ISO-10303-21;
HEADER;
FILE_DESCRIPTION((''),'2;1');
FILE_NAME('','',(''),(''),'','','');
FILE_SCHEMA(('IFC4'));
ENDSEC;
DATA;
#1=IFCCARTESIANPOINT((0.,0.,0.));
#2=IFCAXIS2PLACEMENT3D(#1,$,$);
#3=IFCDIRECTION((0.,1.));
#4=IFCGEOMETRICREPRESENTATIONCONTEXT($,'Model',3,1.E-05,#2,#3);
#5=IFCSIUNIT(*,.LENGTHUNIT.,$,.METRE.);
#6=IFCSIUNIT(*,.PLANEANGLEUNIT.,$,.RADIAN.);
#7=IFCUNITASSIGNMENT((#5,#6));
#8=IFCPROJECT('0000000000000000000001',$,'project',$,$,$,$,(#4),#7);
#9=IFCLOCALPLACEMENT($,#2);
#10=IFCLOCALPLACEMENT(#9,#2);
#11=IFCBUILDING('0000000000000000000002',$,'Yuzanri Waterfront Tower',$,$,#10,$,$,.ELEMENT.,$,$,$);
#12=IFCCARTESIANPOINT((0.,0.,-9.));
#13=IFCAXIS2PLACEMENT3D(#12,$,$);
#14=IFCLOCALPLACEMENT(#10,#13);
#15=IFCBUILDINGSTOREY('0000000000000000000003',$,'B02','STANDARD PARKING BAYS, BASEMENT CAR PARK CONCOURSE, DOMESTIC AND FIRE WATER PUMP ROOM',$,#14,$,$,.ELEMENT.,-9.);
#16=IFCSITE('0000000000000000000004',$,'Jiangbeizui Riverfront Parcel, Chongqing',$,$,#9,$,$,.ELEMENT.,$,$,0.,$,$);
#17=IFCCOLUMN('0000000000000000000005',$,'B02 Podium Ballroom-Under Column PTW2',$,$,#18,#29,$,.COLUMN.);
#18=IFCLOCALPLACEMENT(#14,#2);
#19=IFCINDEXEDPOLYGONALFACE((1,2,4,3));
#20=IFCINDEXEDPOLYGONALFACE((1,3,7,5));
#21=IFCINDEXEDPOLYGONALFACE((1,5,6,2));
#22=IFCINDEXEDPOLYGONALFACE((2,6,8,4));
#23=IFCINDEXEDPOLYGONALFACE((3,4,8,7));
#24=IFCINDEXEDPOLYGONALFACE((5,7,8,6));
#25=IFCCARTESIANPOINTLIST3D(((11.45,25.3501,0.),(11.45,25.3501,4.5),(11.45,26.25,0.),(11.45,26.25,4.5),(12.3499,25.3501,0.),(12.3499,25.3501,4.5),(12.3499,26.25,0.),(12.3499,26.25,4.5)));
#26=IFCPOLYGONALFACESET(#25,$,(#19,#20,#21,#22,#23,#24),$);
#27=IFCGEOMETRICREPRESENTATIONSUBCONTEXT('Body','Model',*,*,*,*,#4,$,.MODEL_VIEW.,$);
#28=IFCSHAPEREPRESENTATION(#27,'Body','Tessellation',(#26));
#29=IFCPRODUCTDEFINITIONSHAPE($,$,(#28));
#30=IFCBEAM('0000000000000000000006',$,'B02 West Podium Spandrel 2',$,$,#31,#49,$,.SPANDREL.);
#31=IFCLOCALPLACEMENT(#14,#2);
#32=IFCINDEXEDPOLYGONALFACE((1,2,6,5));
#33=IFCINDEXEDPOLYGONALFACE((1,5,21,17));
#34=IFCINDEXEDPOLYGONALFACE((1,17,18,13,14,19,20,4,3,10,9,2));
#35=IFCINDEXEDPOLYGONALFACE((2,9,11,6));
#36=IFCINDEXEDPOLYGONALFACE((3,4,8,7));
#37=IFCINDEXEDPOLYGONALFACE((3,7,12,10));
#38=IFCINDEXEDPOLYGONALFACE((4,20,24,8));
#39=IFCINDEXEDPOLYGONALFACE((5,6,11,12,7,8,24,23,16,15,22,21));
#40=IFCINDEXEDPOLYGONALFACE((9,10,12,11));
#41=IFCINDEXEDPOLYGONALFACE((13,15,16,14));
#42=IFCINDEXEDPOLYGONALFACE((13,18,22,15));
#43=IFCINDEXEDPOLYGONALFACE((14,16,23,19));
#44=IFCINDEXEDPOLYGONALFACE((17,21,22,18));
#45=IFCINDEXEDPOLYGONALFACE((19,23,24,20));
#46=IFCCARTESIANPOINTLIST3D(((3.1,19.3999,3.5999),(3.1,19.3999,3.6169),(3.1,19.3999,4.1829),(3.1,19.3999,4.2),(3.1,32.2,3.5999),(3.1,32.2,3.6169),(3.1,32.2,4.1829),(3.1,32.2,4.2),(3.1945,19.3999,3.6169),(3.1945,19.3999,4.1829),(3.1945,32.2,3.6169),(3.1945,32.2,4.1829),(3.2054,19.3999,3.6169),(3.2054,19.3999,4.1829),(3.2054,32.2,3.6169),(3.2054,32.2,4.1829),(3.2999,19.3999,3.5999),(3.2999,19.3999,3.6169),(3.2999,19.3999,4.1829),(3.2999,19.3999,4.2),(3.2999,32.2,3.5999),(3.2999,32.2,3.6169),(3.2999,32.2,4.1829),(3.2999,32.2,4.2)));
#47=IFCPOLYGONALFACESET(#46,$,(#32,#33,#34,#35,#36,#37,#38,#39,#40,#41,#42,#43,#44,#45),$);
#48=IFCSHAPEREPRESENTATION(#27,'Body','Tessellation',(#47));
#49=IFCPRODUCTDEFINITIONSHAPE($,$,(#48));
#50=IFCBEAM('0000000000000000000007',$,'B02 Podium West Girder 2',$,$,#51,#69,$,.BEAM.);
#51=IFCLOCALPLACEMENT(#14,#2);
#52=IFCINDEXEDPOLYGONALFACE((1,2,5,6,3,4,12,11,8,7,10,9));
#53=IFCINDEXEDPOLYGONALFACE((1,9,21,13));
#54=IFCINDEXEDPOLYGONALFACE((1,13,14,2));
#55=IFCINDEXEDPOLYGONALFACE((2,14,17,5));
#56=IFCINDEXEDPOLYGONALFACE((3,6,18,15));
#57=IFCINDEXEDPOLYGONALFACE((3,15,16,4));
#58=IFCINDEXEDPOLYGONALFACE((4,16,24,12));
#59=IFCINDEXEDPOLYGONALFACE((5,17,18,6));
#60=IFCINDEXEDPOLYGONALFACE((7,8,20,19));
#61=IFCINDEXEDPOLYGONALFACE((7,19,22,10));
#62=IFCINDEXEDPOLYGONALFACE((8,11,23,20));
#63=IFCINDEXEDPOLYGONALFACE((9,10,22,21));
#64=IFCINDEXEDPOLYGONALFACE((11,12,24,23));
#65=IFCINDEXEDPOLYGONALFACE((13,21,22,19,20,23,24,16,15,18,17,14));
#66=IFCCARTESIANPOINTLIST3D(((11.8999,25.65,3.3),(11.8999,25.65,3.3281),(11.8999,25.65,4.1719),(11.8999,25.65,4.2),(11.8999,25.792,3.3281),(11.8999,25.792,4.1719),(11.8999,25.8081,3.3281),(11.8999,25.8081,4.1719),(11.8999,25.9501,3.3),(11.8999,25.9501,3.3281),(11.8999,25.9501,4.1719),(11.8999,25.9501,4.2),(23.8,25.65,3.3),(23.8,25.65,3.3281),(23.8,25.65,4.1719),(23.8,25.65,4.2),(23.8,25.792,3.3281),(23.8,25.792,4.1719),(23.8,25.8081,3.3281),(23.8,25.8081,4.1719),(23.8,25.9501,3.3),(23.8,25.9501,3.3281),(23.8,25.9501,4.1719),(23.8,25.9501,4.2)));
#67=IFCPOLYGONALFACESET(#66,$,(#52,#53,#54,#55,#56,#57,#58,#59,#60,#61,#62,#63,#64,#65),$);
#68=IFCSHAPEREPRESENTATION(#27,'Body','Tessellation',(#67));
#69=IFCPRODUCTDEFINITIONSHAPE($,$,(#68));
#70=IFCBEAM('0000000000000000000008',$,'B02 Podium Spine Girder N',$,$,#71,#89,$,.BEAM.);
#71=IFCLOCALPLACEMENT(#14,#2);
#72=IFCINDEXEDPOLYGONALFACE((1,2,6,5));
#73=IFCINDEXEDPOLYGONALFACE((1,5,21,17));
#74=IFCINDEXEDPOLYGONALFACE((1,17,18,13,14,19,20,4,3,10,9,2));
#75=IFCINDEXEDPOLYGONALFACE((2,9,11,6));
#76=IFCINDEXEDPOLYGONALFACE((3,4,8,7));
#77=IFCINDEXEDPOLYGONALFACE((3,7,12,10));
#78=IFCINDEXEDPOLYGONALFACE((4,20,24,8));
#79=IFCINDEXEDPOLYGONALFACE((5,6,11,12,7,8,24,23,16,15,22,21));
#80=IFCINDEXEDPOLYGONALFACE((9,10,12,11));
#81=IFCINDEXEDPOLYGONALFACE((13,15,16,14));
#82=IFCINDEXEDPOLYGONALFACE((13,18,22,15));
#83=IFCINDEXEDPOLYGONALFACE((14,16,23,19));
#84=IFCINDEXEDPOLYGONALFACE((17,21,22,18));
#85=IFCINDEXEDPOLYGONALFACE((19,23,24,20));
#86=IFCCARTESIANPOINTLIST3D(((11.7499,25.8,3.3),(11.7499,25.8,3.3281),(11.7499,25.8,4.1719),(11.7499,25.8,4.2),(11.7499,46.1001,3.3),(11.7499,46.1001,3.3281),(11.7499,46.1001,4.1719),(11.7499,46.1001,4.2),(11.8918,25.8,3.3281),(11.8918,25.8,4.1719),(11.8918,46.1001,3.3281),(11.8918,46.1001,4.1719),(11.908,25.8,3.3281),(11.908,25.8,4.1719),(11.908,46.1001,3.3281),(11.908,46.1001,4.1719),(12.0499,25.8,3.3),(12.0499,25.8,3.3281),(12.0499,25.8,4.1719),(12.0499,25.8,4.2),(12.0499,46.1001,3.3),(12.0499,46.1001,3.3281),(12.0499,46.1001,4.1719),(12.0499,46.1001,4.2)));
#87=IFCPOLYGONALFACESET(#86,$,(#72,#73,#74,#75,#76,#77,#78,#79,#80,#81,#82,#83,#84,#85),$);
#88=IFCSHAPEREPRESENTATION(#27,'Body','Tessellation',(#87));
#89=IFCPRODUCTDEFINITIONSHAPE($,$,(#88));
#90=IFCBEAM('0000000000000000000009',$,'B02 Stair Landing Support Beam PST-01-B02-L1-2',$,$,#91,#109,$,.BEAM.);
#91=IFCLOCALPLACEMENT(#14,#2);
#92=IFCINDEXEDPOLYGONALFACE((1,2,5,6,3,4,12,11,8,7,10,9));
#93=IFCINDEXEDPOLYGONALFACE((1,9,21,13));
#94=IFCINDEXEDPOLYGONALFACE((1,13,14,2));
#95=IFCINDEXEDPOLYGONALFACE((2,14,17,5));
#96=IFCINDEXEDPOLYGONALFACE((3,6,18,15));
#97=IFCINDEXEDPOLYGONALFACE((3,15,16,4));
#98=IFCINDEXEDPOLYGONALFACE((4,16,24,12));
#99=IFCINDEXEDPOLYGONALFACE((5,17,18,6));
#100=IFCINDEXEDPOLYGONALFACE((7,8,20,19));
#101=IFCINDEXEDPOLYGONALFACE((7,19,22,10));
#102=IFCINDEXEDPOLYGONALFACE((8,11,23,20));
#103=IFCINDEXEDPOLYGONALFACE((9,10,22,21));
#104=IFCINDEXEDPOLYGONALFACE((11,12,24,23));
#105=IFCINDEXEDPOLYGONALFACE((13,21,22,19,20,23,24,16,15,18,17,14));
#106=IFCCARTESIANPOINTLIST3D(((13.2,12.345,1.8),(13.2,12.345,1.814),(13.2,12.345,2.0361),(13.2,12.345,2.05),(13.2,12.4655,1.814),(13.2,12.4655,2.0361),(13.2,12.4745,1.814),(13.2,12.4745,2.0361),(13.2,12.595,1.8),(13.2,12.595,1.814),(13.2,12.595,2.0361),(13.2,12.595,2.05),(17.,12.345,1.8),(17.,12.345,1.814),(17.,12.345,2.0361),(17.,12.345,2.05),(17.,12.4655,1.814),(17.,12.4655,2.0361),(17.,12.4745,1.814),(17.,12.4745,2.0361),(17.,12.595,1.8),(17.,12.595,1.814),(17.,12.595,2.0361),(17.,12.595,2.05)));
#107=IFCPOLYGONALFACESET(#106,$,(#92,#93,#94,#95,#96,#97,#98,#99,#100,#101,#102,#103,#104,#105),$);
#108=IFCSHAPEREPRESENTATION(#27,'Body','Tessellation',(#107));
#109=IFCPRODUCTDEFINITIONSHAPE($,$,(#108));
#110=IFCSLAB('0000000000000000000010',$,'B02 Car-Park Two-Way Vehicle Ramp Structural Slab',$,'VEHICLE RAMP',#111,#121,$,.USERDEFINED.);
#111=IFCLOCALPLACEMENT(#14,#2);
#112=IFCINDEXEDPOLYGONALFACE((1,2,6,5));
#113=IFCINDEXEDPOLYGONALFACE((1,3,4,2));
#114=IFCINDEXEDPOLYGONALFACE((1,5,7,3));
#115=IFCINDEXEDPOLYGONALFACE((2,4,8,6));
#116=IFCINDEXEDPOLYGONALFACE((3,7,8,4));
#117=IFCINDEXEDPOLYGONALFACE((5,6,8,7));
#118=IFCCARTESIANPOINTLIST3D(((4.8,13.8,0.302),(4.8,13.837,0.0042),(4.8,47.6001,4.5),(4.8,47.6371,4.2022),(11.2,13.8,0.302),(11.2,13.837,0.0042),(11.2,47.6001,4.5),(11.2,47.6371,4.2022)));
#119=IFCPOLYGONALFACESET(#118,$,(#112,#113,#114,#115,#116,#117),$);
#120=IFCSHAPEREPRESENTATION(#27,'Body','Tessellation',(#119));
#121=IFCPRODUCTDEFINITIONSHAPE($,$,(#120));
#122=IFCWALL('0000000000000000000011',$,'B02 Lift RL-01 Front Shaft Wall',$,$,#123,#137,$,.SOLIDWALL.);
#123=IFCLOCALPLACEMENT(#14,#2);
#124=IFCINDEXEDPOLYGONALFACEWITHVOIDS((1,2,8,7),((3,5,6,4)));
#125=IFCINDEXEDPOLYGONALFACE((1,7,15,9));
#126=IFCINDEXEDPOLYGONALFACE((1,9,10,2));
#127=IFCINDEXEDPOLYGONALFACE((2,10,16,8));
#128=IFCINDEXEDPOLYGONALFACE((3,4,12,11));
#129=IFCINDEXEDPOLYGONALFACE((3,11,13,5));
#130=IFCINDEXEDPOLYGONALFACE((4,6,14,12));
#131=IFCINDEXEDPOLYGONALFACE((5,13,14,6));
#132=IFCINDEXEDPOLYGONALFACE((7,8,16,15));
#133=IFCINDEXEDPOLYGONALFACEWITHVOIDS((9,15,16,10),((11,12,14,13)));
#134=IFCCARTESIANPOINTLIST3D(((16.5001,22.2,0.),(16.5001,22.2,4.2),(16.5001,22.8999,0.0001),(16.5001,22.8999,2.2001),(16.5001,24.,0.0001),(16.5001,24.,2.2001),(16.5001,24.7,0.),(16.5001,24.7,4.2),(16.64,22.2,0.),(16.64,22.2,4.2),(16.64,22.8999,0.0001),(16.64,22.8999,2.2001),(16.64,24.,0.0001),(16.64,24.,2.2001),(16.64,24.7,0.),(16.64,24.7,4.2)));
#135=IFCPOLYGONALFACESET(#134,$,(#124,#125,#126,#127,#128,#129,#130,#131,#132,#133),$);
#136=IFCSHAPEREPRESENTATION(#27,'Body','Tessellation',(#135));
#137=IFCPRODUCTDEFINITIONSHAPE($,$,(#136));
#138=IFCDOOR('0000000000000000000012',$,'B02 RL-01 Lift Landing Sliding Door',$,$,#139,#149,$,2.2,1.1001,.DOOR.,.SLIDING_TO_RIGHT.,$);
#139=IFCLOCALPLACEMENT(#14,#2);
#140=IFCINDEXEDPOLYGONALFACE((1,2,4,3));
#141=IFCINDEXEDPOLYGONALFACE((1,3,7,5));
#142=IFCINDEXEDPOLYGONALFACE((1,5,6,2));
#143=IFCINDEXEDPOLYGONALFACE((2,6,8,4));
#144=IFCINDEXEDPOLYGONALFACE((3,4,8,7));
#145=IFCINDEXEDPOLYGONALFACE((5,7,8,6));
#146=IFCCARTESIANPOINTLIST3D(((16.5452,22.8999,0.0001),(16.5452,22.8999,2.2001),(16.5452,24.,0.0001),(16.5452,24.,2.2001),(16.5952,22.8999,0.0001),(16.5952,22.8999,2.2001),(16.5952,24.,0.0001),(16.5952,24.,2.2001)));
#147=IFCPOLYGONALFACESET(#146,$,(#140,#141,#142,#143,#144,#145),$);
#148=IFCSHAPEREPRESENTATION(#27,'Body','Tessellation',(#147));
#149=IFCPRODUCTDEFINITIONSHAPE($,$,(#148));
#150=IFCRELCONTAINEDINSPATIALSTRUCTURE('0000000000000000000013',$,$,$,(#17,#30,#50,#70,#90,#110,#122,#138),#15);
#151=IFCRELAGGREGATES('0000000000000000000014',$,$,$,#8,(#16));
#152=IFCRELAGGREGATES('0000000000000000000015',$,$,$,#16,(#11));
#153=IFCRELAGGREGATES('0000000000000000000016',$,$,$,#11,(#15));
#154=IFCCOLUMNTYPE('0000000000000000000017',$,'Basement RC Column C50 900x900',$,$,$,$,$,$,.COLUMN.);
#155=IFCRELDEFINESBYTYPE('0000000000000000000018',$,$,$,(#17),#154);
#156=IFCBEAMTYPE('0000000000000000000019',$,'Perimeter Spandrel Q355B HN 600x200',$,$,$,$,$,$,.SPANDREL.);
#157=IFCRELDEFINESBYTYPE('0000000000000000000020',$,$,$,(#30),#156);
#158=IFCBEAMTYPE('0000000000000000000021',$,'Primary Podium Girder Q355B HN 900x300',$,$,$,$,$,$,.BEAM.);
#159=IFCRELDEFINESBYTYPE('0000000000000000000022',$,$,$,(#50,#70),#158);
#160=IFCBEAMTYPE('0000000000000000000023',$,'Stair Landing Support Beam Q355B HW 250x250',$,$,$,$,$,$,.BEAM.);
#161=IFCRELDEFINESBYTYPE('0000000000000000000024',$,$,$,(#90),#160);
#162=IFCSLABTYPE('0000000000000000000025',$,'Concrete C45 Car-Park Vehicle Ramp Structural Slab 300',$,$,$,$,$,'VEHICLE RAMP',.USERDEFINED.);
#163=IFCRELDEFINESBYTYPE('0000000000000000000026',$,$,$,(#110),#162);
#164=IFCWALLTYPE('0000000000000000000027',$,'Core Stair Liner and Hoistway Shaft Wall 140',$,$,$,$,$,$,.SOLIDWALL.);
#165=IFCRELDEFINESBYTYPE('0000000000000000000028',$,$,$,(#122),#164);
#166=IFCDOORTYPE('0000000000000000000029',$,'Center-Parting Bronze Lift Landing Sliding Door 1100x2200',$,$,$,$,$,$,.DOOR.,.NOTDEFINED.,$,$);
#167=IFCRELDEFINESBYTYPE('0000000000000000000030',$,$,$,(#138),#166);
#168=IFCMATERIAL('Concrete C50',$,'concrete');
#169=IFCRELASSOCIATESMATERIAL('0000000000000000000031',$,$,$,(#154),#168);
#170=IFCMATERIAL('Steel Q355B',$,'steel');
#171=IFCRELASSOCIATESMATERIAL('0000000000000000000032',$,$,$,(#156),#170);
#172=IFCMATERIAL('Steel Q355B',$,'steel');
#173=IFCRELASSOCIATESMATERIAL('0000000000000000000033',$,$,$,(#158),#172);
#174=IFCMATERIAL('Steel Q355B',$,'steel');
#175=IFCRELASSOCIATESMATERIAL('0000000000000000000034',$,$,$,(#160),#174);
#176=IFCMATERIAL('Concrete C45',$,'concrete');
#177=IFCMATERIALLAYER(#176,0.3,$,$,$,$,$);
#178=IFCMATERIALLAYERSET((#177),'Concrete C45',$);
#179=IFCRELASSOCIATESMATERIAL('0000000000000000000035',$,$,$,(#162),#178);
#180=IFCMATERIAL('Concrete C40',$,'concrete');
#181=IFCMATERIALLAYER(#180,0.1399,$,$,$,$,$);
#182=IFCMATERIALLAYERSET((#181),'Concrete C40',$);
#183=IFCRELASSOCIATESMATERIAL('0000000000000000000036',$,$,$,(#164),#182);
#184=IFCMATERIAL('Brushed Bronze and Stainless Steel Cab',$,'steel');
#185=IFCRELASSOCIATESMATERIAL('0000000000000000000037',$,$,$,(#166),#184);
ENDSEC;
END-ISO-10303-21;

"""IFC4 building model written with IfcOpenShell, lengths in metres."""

from ifc_helpers import new_model, si_unit, direction, frame, frame_2d, origin, origin_2d, place, context, subcontext, project, spatial, polyline, rectangle, i_section, outline, extrude, source, transform, mapped, material, layer, layer_set, material_profile, profile_set, type_object, element, fill, save


model = new_model("IFC4")

# Units and contexts
model_context = context("Model", 3, precision=1e-05, world=origin(), true_north=direction((0.0, 1.0)))
body_context = subcontext(model_context, "Body", "Model", "MODEL_VIEW")
ifc_project = project(units=[si_unit("LENGTHUNIT", "METRE"), si_unit("PLANEANGLEUNIT", "RADIAN")], contexts=[model_context])

# Site, building, storey
site_placement = place(None, origin())
site = spatial("IfcSite", under=ifc_project, at=site_placement, Name="Jiangbeizui Riverfront Parcel, Chongqing", CompositionType="ELEMENT", RefElevation=0.0)
building_placement = place(site_placement, origin())
building = spatial("IfcBuilding", under=site, at=building_placement, Name="Yuzanri Waterfront Tower", CompositionType="ELEMENT")
storey_placement = place(building_placement, frame((0.0, 0.0, -9.0)))
storey = spatial("IfcBuildingStorey", under=building, at=storey_placement, Name="B02", Description="STANDARD PARKING BAYS, BASEMENT CAR PARK CONCOURSE, DOMESTIC AND FIRE WATER PUMP ROOM", CompositionType="ELEMENT", Elevation=-9.0)

# Column
ifc_material_1 = material(Name="Concrete C50", Category="concrete")
ifc_material_profile_1 = material_profile(ifc_material_1, rectangle(XDim=0.8999, YDim=0.8999, at=origin_2d()), Name="RC 900x900")
ifc_profile_set_1 = profile_set([ifc_material_profile_1], Name="Concrete C50")
column_type_1 = type_object("IfcColumnType", Name="Basement RC Column C50 900x900", PredefinedType="COLUMN", material=ifc_profile_set_1)
shared_shape_1 = source(origin(), body_context, "Body", "SweptSolid", [
    extrude(rectangle(XDim=0.8999, YDim=0.8999, at=origin_2d()), origin(), (0.0, 0.0, 1.0), 4.5),
])
column_1_placement = place(storey_placement, frame((11.8999, 25.8, 0.0), z_axis=(0.0, 0.0, 1.0), x_axis=(1.0, 0.0, 0.0)))
element("IfcColumn", 1, at=column_1_placement, inside=storey, type_object=column_type_1, Name="B02 Podium Ballroom-Under Column PTW2", PredefinedType="COLUMN", context=body_context, shape_type="MappedRepresentation", body=[
    mapped(shared_shape_1, transform((0.0, 0.0, 0.0), scale=1.0)),
])

# Beams
ifc_material_2 = material(Name="Steel Q355B", Category="steel")
ifc_material_profile_2 = material_profile(ifc_material_2, i_section(OverallWidth=0.2, OverallDepth=0.6001, WebThickness=0.011, FlangeThickness=0.0171, at=origin_2d()), Name="HN 600x200x11x17")
ifc_profile_set_2 = profile_set([ifc_material_profile_2], Name="Steel Q355B")
beam_type_1 = type_object("IfcBeamType", Name="Perimeter Spandrel Q355B HN 600x200", PredefinedType="SPANDREL", material=ifc_profile_set_2)
shared_shape_2 = source(origin(), body_context, "Body", "SweptSolid", [
    extrude(i_section(OverallWidth=0.2, OverallDepth=0.6001, WebThickness=0.011, FlangeThickness=0.0171, at=origin_2d()), origin(), (0.0, 0.0, 1.0), 12.8),
])
beam_1_placement = place(storey_placement, frame((3.2, 19.3999, 3.8999), z_axis=(0.0, 1.0, 0.0), x_axis=(-1.0, 0.0, 0.0)))
element("IfcBeam", 2, at=beam_1_placement, inside=storey, type_object=beam_type_1, Name="B02 West Podium Spandrel 2", PredefinedType="SPANDREL", context=body_context, shape_type="MappedRepresentation", body=[
    mapped(shared_shape_2, transform((0.0, 0.0, 0.0), scale=1.0)),
])
ifc_material_3 = material(Name="Steel Q355B", Category="steel")
ifc_material_profile_3 = material_profile(ifc_material_3, i_section(OverallWidth=0.3, OverallDepth=0.8999, WebThickness=0.0161, FlangeThickness=0.0281, at=origin_2d()), Name="HN 900x300x16x28")
ifc_profile_set_3 = profile_set([ifc_material_profile_3], Name="Steel Q355B")
beam_type_2 = type_object("IfcBeamType", Name="Primary Podium Girder Q355B HN 900x300", PredefinedType="BEAM", material=ifc_profile_set_3)
shared_shape_3 = source(origin(), body_context, "Body", "SweptSolid", [
    extrude(i_section(OverallWidth=0.3, OverallDepth=0.8999, WebThickness=0.0161, FlangeThickness=0.0281, at=origin_2d()), origin(), (0.0, 0.0, 1.0), 11.9001),
])
beam_2_placement = place(storey_placement, frame((11.8999, 25.8, 3.75), z_axis=(1.0, 0.0, 0.0), x_axis=(0.0, 1.0, 0.0)))
element("IfcBeam", 3, at=beam_2_placement, inside=storey, type_object=beam_type_2, Name="B02 Podium West Girder 2", PredefinedType="BEAM", context=body_context, shape_type="MappedRepresentation", body=[
    mapped(shared_shape_3, transform((0.0, 0.0, 0.0), scale=1.0)),
])
shared_shape_4 = source(origin(), body_context, "Body", "SweptSolid", [
    extrude(i_section(OverallWidth=0.3, OverallDepth=0.8999, WebThickness=0.0161, FlangeThickness=0.0281, at=origin_2d()), origin(), (0.0, 0.0, 1.0), 20.3),
])
beam_3_placement = place(storey_placement, frame((11.8999, 25.8, 3.75), z_axis=(0.0, 1.0, 0.0), x_axis=(-1.0, 0.0, 0.0)))
element("IfcBeam", 4, at=beam_3_placement, inside=storey, type_object=beam_type_2, Name="B02 Podium Spine Girder N", PredefinedType="BEAM", context=body_context, shape_type="MappedRepresentation", body=[
    mapped(shared_shape_4, transform((0.0, 0.0, 0.0), scale=1.0)),
])
ifc_material_4 = material(Name="Steel Q355B", Category="steel")
ifc_material_profile_4 = material_profile(ifc_material_4, i_section(OverallWidth=0.25, OverallDepth=0.25, WebThickness=0.009, FlangeThickness=0.0139, at=origin_2d()), Name="HW 250x250x9x14")
ifc_profile_set_4 = profile_set([ifc_material_profile_4], Name="Steel Q355B")
beam_type_3 = type_object("IfcBeamType", Name="Stair Landing Support Beam Q355B HW 250x250", PredefinedType="BEAM", material=ifc_profile_set_4)
shared_shape_5 = source(origin(), body_context, "Body", "SweptSolid", [
    extrude(i_section(OverallWidth=0.25, OverallDepth=0.25, WebThickness=0.009, FlangeThickness=0.0139, at=origin_2d()), origin(), (0.0, 0.0, 1.0), 3.8),
])
beam_4_placement = place(storey_placement, frame((13.2, 12.47, 1.925), z_axis=(1.0, 0.0, 0.0), x_axis=(0.0, 1.0, 0.0)))
element("IfcBeam", 5, at=beam_4_placement, inside=storey, type_object=beam_type_3, Name="B02 Stair Landing Support Beam PST-01-B02-L1-2", PredefinedType="BEAM", context=body_context, shape_type="MappedRepresentation", body=[
    mapped(shared_shape_5, transform((0.0, 0.0, 0.0), scale=1.0)),
])

# Slab
ifc_material_5 = material(Name="Concrete C45", Category="concrete")
ifc_layer_1 = layer(ifc_material_5, 0.3)
ifc_layer_set_1 = layer_set([ifc_layer_1], Name="Concrete C45")
slab_type = type_object("IfcSlabType", Name="Concrete C45 Car-Park Vehicle Ramp Structural Slab 300", ElementType="VEHICLE RAMP", PredefinedType="USERDEFINED", material=ifc_layer_set_1)
slab_placement = place(storey_placement, frame((4.8, 13.8, 0.302), z_axis=(0.0, -0.123254, 0.992375), x_axis=(1.0, 0.0, 0.0)))
element("IfcSlab", 6, at=slab_placement, inside=storey, type_object=slab_type, Name="B02 Car-Park Two-Way Vehicle Ramp Structural Slab", ObjectType="VEHICLE RAMP", PredefinedType="USERDEFINED", context=body_context, shape_type="SweptSolid", body=[
    extrude(outline(polyline([(0.0, 0.0), (6.3999, 0.0), (6.3999, 34.0597), (0.0, 34.0597), (0.0, 0.0)])), origin(), (0.0, 0.0, -1.0), 0.3),
])

# Wall, opening, door
ifc_material_6 = material(Name="Concrete C40", Category="concrete")
ifc_layer_2 = layer(ifc_material_6, 0.1399)
ifc_layer_set_2 = layer_set([ifc_layer_2], Name="Concrete C40")
wall_type_1 = type_object("IfcWallType", Name="Core Stair Liner and Hoistway Shaft Wall 140", PredefinedType="SOLIDWALL", material=ifc_layer_set_2)
wall_1_placement = place(storey_placement, frame((16.5701, 22.2, 0.0), z_axis=(0.0, 0.0, 1.0), x_axis=(0.0, 1.0, 0.0)))
wall_1 = element("IfcWall", 7, at=wall_1_placement, inside=storey, type_object=wall_type_1, Name="B02 Lift RL-01 Front Shaft Wall", PredefinedType="SOLIDWALL", context=body_context, shape_type="SweptSolid", body=[
    extrude(rectangle(XDim=2.5, YDim=0.1399, at=frame_2d((1.25, 0.0))), origin(), (0.0, 0.0, 1.0), 4.2),
])
opening_1_placement = place(wall_1_placement, frame((0.7, 0.0, 0.0)))
opening_1 = element("IfcOpeningElement", 8, at=opening_1_placement, cuts=wall_1, PredefinedType="OPENING", context=body_context, shape_type="SweptSolid", body=[
    extrude(rectangle(XDim=1.1001, YDim=2.2, at=frame_2d((0.55, 1.1001))), frame((0.0, 0.085, 0.0), z_axis=(0.0, -1.0, 0.0), x_axis=(1.0, 0.0, 0.0)), (0.0, 0.0, 1.0), 0.1697),
])
ifc_material_7 = material(Name="Brushed Bronze and Stainless Steel Cab", Category="steel")
door_type = type_object("IfcDoorType", Name="Center-Parting Bronze Lift Landing Sliding Door 1100x2200", OperationType="NOTDEFINED", PredefinedType="DOOR", material=ifc_material_7)
shared_shape_6 = source(origin(), body_context, "Body", "SweptSolid", [
    extrude(rectangle(XDim=1.1001, YDim=2.2, at=frame_2d((0.55, 1.1001))), frame((0.0, 0.0249, 0.0), z_axis=(0.0, -1.0, 0.0), x_axis=(1.0, 0.0, 0.0)), (0.0, 0.0, 1.0), 0.05),
])
door_1_placement = place(opening_1_placement, origin())
door_1 = element("IfcDoor", 9, at=door_1_placement, inside=storey, type_object=door_type, Name="B02 RL-01 Lift Landing Sliding Door", OperationType="SLIDING_TO_RIGHT", OverallHeight=2.2, OverallWidth=1.1001, PredefinedType="DOOR", context=body_context, shape_type="MappedRepresentation", body=[
    mapped(shared_shape_6, transform((0.0, 0.0, 0.0), scale=1.0)),
])
fill(opening_1, door_1)

save(model, "model.ifc")
